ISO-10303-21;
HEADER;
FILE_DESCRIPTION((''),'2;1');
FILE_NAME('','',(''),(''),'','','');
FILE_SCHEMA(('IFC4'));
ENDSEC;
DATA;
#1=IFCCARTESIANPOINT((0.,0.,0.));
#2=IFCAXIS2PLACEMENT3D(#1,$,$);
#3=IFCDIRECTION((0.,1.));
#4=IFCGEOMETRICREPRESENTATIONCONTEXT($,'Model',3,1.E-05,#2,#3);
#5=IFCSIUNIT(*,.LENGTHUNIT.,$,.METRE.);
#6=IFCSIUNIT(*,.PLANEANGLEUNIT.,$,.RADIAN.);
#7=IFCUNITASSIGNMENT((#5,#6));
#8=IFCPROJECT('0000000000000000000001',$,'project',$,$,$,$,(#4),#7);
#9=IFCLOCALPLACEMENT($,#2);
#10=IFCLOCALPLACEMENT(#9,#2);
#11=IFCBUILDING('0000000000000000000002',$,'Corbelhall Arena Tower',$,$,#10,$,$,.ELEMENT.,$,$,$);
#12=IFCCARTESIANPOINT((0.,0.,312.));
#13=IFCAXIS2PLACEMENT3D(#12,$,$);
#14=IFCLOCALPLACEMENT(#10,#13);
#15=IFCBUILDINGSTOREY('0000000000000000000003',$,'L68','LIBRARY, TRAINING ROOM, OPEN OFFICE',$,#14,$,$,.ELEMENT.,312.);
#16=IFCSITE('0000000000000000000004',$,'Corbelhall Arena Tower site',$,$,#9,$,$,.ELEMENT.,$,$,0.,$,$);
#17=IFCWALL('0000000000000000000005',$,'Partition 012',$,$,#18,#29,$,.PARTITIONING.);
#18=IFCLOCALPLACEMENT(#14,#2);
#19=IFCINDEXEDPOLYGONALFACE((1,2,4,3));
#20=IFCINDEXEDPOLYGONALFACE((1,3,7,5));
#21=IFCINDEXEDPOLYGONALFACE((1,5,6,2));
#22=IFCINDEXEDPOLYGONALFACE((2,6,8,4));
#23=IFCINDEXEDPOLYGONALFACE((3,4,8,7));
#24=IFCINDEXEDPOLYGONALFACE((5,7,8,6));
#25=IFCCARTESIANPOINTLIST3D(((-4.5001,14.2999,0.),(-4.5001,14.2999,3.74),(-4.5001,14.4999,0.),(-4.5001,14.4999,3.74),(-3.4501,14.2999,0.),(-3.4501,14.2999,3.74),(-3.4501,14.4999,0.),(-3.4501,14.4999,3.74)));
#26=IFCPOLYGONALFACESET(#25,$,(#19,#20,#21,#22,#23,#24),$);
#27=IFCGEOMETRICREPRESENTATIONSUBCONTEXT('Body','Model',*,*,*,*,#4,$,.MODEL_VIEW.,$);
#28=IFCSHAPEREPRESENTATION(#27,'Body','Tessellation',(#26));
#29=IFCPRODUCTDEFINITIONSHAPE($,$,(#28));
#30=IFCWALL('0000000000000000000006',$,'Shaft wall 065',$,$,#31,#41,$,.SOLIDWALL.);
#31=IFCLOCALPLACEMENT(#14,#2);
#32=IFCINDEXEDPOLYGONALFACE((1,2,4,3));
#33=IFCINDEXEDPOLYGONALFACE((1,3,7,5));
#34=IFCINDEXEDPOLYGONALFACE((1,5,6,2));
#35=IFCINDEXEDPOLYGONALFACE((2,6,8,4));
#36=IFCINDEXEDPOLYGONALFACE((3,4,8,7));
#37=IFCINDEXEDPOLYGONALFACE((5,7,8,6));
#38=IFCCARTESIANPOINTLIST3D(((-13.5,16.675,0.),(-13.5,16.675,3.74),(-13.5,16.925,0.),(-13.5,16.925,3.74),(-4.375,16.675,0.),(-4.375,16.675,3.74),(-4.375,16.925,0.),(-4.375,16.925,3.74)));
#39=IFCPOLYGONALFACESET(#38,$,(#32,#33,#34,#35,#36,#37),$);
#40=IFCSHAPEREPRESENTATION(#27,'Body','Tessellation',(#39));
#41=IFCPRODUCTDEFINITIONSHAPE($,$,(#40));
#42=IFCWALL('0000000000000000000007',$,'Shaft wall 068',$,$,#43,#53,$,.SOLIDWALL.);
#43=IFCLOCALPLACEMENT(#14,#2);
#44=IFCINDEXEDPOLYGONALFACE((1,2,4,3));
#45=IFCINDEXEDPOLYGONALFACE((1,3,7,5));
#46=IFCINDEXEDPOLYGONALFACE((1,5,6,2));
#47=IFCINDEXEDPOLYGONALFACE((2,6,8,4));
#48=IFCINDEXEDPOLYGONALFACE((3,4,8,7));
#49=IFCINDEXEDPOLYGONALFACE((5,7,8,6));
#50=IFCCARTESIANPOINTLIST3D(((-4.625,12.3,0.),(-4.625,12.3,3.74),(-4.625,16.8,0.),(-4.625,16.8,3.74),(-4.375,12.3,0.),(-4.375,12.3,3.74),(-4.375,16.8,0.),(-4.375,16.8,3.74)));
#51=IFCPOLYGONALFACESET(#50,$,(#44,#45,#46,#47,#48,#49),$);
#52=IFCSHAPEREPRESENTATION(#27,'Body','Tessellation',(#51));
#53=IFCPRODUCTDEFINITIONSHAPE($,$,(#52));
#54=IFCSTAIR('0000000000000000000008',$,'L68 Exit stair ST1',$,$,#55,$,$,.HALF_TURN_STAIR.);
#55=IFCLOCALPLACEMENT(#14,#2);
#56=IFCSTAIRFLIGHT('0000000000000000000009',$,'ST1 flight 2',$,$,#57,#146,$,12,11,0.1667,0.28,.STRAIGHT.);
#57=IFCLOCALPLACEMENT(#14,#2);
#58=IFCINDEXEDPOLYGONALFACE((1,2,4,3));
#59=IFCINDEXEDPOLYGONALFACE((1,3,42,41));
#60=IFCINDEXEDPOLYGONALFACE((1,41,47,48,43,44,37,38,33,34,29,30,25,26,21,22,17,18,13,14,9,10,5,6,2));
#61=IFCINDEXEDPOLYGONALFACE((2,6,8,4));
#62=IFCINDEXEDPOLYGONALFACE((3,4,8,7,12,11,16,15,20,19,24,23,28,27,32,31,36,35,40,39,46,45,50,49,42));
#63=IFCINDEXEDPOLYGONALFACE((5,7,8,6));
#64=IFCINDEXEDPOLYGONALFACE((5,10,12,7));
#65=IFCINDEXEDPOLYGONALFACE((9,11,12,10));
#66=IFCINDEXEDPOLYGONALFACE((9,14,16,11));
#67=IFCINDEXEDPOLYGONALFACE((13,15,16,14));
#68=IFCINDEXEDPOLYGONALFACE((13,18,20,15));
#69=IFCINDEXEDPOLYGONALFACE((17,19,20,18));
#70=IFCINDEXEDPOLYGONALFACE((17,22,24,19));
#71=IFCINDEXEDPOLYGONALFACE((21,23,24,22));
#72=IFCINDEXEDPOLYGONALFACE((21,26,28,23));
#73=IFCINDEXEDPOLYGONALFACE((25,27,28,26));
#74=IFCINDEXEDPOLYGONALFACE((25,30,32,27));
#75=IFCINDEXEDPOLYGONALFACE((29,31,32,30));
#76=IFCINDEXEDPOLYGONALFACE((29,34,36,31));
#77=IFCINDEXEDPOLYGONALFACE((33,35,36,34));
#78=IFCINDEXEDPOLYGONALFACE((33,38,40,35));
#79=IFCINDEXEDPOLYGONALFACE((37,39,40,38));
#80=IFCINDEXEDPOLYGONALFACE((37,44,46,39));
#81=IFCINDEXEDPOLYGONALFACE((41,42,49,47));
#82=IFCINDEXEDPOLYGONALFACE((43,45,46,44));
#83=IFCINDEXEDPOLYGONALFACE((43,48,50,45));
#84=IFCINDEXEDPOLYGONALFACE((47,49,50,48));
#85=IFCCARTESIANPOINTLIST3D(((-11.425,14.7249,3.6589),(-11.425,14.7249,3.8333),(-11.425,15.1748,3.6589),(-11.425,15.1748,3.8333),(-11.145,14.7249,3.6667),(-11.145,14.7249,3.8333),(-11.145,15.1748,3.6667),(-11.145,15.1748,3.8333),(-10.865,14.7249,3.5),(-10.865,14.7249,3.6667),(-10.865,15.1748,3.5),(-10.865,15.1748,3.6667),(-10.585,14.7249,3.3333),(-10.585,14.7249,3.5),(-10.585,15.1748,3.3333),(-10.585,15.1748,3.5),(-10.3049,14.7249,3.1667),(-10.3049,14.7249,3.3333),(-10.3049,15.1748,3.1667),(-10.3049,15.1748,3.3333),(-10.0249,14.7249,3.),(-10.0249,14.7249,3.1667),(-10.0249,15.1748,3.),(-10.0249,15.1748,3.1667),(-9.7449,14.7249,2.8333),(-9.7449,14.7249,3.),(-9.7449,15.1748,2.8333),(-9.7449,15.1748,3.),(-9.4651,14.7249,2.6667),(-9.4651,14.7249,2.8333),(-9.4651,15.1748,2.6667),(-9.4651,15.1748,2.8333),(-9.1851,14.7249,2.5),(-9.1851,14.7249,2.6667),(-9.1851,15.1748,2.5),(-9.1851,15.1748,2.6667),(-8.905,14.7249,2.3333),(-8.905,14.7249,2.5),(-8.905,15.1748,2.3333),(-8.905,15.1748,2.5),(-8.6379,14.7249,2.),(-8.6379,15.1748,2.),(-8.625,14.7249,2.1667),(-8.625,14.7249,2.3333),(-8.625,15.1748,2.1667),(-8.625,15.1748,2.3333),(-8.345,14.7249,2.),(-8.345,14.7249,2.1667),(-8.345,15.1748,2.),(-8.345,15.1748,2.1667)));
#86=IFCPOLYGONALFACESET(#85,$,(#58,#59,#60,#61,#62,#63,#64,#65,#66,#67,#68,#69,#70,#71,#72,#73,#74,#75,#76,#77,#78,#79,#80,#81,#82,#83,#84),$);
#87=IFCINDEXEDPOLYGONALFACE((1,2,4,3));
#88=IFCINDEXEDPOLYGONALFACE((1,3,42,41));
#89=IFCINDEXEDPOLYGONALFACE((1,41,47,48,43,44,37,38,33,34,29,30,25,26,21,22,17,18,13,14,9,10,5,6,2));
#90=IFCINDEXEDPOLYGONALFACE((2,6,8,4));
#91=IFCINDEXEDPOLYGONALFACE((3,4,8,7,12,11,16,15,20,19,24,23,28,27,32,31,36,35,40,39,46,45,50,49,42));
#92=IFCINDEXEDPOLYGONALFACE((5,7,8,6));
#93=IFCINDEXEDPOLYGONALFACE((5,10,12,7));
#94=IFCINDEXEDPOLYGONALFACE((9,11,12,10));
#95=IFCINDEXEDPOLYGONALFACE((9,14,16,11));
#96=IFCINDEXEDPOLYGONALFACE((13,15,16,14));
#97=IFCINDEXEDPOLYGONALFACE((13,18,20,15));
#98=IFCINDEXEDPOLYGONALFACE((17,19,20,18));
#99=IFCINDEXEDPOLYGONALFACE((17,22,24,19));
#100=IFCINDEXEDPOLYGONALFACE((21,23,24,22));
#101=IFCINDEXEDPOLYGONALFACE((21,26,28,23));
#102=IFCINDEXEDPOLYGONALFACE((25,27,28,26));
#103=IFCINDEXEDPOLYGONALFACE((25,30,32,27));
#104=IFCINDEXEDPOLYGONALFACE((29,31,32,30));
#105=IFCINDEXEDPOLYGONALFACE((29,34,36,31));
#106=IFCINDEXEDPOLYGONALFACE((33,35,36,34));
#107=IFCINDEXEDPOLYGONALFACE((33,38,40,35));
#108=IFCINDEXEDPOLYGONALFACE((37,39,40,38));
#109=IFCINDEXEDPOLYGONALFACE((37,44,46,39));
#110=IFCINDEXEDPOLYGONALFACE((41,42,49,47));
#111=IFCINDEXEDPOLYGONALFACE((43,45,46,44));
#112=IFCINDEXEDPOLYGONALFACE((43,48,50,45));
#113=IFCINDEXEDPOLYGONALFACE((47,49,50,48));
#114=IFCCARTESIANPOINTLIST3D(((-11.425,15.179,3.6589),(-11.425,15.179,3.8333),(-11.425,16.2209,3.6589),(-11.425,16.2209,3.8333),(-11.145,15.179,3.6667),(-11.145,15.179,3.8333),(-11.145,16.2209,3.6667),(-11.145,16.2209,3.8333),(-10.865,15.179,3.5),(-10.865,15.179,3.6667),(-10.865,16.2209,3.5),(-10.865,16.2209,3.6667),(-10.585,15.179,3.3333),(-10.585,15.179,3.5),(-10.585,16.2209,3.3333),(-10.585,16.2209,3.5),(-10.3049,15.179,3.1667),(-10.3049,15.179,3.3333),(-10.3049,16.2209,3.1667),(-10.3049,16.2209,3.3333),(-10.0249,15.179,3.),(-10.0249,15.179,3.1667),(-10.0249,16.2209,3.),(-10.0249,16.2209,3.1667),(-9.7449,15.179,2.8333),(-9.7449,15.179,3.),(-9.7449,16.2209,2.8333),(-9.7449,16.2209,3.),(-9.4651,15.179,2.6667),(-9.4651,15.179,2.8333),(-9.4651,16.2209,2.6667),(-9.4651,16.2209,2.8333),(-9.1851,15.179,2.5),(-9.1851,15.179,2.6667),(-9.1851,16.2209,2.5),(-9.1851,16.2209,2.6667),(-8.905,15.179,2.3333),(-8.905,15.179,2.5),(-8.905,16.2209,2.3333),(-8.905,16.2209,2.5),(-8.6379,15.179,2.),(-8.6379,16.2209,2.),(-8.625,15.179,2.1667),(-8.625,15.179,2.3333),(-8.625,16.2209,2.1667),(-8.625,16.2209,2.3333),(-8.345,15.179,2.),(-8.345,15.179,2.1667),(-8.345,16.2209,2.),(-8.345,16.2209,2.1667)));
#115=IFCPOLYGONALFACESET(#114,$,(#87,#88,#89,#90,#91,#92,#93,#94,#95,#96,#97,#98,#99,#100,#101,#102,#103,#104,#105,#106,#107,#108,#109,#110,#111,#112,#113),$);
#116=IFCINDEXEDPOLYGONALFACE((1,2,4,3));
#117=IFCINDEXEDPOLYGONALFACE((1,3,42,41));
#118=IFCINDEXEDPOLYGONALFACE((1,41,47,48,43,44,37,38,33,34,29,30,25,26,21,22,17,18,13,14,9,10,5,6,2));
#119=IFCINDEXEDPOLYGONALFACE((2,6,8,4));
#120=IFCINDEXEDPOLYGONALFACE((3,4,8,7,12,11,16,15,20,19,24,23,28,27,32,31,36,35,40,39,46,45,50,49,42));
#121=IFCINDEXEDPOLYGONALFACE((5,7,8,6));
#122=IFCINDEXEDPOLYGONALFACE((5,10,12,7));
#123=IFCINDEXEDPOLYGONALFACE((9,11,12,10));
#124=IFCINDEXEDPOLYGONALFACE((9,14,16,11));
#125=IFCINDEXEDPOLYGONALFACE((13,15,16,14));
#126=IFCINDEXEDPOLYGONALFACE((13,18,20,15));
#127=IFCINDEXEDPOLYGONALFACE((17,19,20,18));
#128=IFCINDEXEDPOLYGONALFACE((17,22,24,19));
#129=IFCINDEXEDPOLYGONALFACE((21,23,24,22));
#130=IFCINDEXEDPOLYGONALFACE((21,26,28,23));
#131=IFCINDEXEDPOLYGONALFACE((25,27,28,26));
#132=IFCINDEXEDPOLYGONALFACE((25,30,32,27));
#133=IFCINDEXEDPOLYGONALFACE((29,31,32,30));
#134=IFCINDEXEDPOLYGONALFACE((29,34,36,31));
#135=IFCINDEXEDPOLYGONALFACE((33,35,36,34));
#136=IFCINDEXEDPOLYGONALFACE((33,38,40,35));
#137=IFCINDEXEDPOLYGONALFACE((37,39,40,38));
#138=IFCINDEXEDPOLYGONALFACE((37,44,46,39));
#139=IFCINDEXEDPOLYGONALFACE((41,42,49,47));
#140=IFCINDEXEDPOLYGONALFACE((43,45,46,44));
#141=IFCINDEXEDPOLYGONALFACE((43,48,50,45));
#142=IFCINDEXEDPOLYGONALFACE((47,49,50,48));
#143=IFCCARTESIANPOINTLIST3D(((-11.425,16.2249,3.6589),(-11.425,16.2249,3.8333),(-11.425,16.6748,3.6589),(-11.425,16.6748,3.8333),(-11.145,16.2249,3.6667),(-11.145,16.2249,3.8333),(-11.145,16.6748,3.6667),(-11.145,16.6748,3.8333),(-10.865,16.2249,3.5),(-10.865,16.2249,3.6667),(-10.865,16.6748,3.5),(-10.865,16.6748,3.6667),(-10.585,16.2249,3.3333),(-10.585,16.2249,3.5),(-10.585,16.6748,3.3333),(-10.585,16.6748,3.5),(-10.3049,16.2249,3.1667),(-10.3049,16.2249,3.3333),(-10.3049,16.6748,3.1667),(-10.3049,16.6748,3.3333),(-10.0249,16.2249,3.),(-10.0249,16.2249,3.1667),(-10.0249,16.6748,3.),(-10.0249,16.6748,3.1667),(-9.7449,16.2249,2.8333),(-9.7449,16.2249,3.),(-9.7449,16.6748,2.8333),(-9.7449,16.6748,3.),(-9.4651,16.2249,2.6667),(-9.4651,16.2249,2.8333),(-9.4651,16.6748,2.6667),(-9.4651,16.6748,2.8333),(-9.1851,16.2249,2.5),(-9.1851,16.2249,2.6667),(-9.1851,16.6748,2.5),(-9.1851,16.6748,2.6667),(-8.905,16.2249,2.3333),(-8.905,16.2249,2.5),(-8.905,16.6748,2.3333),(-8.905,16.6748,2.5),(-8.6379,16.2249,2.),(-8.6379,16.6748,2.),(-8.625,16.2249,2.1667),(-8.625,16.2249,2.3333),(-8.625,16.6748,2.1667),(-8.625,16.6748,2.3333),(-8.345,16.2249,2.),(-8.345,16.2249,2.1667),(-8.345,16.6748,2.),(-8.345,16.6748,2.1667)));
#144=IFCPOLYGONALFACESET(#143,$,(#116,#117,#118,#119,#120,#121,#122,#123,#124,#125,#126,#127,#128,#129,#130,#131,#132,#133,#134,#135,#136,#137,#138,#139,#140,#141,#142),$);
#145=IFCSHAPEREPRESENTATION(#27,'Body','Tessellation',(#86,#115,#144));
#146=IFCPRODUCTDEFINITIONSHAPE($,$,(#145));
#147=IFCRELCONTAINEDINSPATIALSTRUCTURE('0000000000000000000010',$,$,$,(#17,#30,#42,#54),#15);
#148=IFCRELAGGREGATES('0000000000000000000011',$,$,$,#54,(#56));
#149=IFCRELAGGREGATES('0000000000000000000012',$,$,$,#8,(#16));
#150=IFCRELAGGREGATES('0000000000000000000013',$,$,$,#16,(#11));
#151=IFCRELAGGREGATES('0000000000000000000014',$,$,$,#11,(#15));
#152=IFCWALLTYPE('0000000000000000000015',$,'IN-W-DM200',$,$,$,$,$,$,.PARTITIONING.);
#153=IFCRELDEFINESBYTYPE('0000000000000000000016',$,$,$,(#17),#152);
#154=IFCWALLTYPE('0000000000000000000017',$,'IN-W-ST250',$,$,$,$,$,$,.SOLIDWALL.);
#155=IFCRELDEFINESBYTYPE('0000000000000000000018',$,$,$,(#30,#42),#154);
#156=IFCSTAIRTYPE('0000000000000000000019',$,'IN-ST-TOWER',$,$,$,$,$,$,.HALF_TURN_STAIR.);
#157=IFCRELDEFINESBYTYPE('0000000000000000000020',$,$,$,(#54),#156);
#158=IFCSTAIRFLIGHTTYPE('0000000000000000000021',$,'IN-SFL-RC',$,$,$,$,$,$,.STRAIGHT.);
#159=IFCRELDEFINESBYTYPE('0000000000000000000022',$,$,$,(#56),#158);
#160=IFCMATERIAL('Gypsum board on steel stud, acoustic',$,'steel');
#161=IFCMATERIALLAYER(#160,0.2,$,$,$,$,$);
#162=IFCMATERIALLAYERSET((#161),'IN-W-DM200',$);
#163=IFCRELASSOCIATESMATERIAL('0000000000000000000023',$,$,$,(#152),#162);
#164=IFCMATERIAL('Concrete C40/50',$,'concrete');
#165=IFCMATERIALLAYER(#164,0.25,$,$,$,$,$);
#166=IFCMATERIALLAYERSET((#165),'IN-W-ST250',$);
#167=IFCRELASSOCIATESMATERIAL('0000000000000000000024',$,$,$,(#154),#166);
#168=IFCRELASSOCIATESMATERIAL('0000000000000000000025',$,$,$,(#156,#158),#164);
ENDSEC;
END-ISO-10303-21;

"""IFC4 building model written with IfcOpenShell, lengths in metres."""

from ifc_helpers import new_model, si_unit, direction, frame, frame_2d, origin, place, context, subcontext, project, spatial, polyline, rectangle, outline, extrude, material, layer, layer_set, type_object, element, aggregate, save


model = new_model("IFC4")

# Units and contexts
model_context = context("Model", 3, precision=1e-05, world=origin(), true_north=direction((0.0, 1.0)))
body_context = subcontext(model_context, "Body", "Model", "MODEL_VIEW")
ifc_project = project(units=[si_unit("LENGTHUNIT", "METRE"), si_unit("PLANEANGLEUNIT", "RADIAN")], contexts=[model_context])

# Site, building, storey
site_placement = place(None, origin())
site = spatial("IfcSite", under=ifc_project, at=site_placement, Name="Corbelhall Arena Tower site", CompositionType="ELEMENT", RefElevation=0.0)
building_placement = place(site_placement, origin())
building = spatial("IfcBuilding", under=site, at=building_placement, Name="Corbelhall Arena Tower", CompositionType="ELEMENT")
storey_placement = place(building_placement, frame((0.0, 0.0, 312.0)))
storey = spatial("IfcBuildingStorey", under=building, at=storey_placement, Name="L68", Description="LIBRARY, TRAINING ROOM, OPEN OFFICE", CompositionType="ELEMENT", Elevation=312.0)

# Walls
ifc_material_1 = material(Name="Gypsum board on steel stud, acoustic", Category="steel")
ifc_layer_1 = layer(ifc_material_1, 0.2)
ifc_layer_set_1 = layer_set([ifc_layer_1], Name="IN-W-DM200")
wall_type_1 = type_object("IfcWallType", Name="IN-W-DM200", PredefinedType="PARTITIONING", material=ifc_layer_set_1)
wall_1_placement = place(storey_placement, frame((-4.5, 14.3999, 0.0), z_axis=(0.0, 0.0, 1.0), x_axis=(1.0, 0.0, 0.0)))
element("IfcWall", 1, at=wall_1_placement, inside=storey, type_object=wall_type_1, Name="Partition 012", PredefinedType="PARTITIONING", context=body_context, shape_type="SweptSolid", body=[
    extrude(rectangle(XDim=1.05, YDim=0.2, at=frame_2d((0.5249, 0.0))), origin(), (0.0, 0.0, 1.0), 3.74),
])
ifc_material_2 = material(Name="Concrete C40/50", Category="concrete")
ifc_layer_2 = layer(ifc_material_2, 0.25)
ifc_layer_set_2 = layer_set([ifc_layer_2], Name="IN-W-ST250")
wall_type_2 = type_object("IfcWallType", Name="IN-W-ST250", PredefinedType="SOLIDWALL", material=ifc_layer_set_2)
wall_2_placement = place(storey_placement, frame((-13.5, 16.8, 0.0), z_axis=(0.0, 0.0, 1.0), x_axis=(1.0, 0.0, 0.0)))
element("IfcWall", 2, at=wall_2_placement, inside=storey, type_object=wall_type_2, Name="Shaft wall 065", PredefinedType="SOLIDWALL", context=body_context, shape_type="SweptSolid", body=[
    extrude(rectangle(XDim=9.125, YDim=0.25, at=frame_2d((4.5625, 0.0))), origin(), (0.0, 0.0, 1.0), 3.74),
])
wall_3_placement = place(storey_placement, frame((-4.5, 16.8, 0.0), z_axis=(0.0, 0.0, 1.0), x_axis=(0.0, -1.0, 0.0)))
element("IfcWall", 3, at=wall_3_placement, inside=storey, type_object=wall_type_2, Name="Shaft wall 068", PredefinedType="SOLIDWALL", context=body_context, shape_type="SweptSolid", body=[
    extrude(rectangle(XDim=4.5, YDim=0.25, at=frame_2d((2.25, 0.0))), origin(), (0.0, 0.0, 1.0), 3.74),
])

# Stair, stair flight
stair_type = type_object("IfcStairType", Name="IN-ST-TOWER", PredefinedType="HALF_TURN_STAIR", material=ifc_material_2)
stair_placement = place(storey_placement, origin())
stair = element("IfcStair", 4, at=stair_placement, inside=storey, type_object=stair_type, Name="L68 Exit stair ST1", PredefinedType="HALF_TURN_STAIR")
stair_flight_type = type_object("IfcStairFlightType", Name="IN-SFL-RC", PredefinedType="STRAIGHT", material=ifc_material_2)
stair_flight_placement = place(storey_placement, frame((-8.345, 15.7, 2.0), z_axis=(0.0, 0.0, 1.0), x_axis=(-1.0, 0.0, 0.0)))
stair_flight = element("IfcStairFlight", 5, at=stair_flight_placement, type_object=stair_flight_type, Name="ST1 flight 2", NumberOfRisers=12, NumberOfTreads=11, PredefinedType="STRAIGHT", RiserHeight=0.1667, TreadLength=0.28, context=body_context, shape_type="SweptSolid", body=[
    extrude(outline(polyline([(0.0, 0.0), (0.0, 0.1667), (0.28, 0.1667), (0.28, 0.3333), (0.5601, 0.3333), (0.5601, 0.5), (0.8401, 0.5), (0.8401, 0.6667), (1.1201, 0.6667), (1.1201, 0.8333), (1.3999, 0.8333), (1.3999, 1.0), (1.6799, 1.0), (1.6799, 1.1667), (1.96, 1.1667), (1.96, 1.3333), (2.24, 1.3333), (2.24, 1.5), (2.52, 1.5), (2.52, 1.6667), (2.8, 1.6667), (2.8, 1.8333), (3.0801, 1.8333), (3.0801, 2.0), (3.0801, 1.6589), (0.293, 0.0), (0.0, 0.0)])), frame((0.0, 0.9751, 0.0), z_axis=(0.0, -1.0, 0.0), x_axis=(1.0, 0.0, 0.0)), (0.0, 0.0, 1.0), 0.45),
    extrude(outline(polyline([(0.0, 0.0), (0.0, 0.1667), (0.28, 0.1667), (0.28, 0.3333), (0.5601, 0.3333), (0.5601, 0.5), (0.8401, 0.5), (0.8401, 0.6667), (1.1201, 0.6667), (1.1201, 0.8333), (1.3999, 0.8333), (1.3999, 1.0), (1.6799, 1.0), (1.6799, 1.1667), (1.96, 1.1667), (1.96, 1.3333), (2.24, 1.3333), (2.24, 1.5), (2.52, 1.5), (2.52, 1.6667), (2.8, 1.6667), (2.8, 1.8333), (3.0801, 1.8333), (3.0801, 2.0), (3.0801, 1.6589), (0.293, 0.0), (0.0, 0.0)])), frame((0.0, 0.521, 0.0), z_axis=(0.0, -1.0, 0.0), x_axis=(1.0, 0.0, 0.0)), (0.0, 0.0, 1.0), 1.042),
    extrude(outline(polyline([(0.0, 0.0), (0.0, 0.1667), (0.28, 0.1667), (0.28, 0.3333), (0.5601, 0.3333), (0.5601, 0.5), (0.8401, 0.5), (0.8401, 0.6667), (1.1201, 0.6667), (1.1201, 0.8333), (1.3999, 0.8333), (1.3999, 1.0), (1.6799, 1.0), (1.6799, 1.1667), (1.96, 1.1667), (1.96, 1.3333), (2.24, 1.3333), (2.24, 1.5), (2.52, 1.5), (2.52, 1.6667), (2.8, 1.6667), (2.8, 1.8333), (3.0801, 1.8333), (3.0801, 2.0), (3.0801, 1.6589), (0.293, 0.0), (0.0, 0.0)])), frame((0.0, -0.5249, 0.0), z_axis=(0.0, -1.0, 0.0), x_axis=(1.0, 0.0, 0.0)), (0.0, 0.0, 1.0), 0.45),
])
aggregate(stair, [stair_flight])

save(model, "model.ifc")
